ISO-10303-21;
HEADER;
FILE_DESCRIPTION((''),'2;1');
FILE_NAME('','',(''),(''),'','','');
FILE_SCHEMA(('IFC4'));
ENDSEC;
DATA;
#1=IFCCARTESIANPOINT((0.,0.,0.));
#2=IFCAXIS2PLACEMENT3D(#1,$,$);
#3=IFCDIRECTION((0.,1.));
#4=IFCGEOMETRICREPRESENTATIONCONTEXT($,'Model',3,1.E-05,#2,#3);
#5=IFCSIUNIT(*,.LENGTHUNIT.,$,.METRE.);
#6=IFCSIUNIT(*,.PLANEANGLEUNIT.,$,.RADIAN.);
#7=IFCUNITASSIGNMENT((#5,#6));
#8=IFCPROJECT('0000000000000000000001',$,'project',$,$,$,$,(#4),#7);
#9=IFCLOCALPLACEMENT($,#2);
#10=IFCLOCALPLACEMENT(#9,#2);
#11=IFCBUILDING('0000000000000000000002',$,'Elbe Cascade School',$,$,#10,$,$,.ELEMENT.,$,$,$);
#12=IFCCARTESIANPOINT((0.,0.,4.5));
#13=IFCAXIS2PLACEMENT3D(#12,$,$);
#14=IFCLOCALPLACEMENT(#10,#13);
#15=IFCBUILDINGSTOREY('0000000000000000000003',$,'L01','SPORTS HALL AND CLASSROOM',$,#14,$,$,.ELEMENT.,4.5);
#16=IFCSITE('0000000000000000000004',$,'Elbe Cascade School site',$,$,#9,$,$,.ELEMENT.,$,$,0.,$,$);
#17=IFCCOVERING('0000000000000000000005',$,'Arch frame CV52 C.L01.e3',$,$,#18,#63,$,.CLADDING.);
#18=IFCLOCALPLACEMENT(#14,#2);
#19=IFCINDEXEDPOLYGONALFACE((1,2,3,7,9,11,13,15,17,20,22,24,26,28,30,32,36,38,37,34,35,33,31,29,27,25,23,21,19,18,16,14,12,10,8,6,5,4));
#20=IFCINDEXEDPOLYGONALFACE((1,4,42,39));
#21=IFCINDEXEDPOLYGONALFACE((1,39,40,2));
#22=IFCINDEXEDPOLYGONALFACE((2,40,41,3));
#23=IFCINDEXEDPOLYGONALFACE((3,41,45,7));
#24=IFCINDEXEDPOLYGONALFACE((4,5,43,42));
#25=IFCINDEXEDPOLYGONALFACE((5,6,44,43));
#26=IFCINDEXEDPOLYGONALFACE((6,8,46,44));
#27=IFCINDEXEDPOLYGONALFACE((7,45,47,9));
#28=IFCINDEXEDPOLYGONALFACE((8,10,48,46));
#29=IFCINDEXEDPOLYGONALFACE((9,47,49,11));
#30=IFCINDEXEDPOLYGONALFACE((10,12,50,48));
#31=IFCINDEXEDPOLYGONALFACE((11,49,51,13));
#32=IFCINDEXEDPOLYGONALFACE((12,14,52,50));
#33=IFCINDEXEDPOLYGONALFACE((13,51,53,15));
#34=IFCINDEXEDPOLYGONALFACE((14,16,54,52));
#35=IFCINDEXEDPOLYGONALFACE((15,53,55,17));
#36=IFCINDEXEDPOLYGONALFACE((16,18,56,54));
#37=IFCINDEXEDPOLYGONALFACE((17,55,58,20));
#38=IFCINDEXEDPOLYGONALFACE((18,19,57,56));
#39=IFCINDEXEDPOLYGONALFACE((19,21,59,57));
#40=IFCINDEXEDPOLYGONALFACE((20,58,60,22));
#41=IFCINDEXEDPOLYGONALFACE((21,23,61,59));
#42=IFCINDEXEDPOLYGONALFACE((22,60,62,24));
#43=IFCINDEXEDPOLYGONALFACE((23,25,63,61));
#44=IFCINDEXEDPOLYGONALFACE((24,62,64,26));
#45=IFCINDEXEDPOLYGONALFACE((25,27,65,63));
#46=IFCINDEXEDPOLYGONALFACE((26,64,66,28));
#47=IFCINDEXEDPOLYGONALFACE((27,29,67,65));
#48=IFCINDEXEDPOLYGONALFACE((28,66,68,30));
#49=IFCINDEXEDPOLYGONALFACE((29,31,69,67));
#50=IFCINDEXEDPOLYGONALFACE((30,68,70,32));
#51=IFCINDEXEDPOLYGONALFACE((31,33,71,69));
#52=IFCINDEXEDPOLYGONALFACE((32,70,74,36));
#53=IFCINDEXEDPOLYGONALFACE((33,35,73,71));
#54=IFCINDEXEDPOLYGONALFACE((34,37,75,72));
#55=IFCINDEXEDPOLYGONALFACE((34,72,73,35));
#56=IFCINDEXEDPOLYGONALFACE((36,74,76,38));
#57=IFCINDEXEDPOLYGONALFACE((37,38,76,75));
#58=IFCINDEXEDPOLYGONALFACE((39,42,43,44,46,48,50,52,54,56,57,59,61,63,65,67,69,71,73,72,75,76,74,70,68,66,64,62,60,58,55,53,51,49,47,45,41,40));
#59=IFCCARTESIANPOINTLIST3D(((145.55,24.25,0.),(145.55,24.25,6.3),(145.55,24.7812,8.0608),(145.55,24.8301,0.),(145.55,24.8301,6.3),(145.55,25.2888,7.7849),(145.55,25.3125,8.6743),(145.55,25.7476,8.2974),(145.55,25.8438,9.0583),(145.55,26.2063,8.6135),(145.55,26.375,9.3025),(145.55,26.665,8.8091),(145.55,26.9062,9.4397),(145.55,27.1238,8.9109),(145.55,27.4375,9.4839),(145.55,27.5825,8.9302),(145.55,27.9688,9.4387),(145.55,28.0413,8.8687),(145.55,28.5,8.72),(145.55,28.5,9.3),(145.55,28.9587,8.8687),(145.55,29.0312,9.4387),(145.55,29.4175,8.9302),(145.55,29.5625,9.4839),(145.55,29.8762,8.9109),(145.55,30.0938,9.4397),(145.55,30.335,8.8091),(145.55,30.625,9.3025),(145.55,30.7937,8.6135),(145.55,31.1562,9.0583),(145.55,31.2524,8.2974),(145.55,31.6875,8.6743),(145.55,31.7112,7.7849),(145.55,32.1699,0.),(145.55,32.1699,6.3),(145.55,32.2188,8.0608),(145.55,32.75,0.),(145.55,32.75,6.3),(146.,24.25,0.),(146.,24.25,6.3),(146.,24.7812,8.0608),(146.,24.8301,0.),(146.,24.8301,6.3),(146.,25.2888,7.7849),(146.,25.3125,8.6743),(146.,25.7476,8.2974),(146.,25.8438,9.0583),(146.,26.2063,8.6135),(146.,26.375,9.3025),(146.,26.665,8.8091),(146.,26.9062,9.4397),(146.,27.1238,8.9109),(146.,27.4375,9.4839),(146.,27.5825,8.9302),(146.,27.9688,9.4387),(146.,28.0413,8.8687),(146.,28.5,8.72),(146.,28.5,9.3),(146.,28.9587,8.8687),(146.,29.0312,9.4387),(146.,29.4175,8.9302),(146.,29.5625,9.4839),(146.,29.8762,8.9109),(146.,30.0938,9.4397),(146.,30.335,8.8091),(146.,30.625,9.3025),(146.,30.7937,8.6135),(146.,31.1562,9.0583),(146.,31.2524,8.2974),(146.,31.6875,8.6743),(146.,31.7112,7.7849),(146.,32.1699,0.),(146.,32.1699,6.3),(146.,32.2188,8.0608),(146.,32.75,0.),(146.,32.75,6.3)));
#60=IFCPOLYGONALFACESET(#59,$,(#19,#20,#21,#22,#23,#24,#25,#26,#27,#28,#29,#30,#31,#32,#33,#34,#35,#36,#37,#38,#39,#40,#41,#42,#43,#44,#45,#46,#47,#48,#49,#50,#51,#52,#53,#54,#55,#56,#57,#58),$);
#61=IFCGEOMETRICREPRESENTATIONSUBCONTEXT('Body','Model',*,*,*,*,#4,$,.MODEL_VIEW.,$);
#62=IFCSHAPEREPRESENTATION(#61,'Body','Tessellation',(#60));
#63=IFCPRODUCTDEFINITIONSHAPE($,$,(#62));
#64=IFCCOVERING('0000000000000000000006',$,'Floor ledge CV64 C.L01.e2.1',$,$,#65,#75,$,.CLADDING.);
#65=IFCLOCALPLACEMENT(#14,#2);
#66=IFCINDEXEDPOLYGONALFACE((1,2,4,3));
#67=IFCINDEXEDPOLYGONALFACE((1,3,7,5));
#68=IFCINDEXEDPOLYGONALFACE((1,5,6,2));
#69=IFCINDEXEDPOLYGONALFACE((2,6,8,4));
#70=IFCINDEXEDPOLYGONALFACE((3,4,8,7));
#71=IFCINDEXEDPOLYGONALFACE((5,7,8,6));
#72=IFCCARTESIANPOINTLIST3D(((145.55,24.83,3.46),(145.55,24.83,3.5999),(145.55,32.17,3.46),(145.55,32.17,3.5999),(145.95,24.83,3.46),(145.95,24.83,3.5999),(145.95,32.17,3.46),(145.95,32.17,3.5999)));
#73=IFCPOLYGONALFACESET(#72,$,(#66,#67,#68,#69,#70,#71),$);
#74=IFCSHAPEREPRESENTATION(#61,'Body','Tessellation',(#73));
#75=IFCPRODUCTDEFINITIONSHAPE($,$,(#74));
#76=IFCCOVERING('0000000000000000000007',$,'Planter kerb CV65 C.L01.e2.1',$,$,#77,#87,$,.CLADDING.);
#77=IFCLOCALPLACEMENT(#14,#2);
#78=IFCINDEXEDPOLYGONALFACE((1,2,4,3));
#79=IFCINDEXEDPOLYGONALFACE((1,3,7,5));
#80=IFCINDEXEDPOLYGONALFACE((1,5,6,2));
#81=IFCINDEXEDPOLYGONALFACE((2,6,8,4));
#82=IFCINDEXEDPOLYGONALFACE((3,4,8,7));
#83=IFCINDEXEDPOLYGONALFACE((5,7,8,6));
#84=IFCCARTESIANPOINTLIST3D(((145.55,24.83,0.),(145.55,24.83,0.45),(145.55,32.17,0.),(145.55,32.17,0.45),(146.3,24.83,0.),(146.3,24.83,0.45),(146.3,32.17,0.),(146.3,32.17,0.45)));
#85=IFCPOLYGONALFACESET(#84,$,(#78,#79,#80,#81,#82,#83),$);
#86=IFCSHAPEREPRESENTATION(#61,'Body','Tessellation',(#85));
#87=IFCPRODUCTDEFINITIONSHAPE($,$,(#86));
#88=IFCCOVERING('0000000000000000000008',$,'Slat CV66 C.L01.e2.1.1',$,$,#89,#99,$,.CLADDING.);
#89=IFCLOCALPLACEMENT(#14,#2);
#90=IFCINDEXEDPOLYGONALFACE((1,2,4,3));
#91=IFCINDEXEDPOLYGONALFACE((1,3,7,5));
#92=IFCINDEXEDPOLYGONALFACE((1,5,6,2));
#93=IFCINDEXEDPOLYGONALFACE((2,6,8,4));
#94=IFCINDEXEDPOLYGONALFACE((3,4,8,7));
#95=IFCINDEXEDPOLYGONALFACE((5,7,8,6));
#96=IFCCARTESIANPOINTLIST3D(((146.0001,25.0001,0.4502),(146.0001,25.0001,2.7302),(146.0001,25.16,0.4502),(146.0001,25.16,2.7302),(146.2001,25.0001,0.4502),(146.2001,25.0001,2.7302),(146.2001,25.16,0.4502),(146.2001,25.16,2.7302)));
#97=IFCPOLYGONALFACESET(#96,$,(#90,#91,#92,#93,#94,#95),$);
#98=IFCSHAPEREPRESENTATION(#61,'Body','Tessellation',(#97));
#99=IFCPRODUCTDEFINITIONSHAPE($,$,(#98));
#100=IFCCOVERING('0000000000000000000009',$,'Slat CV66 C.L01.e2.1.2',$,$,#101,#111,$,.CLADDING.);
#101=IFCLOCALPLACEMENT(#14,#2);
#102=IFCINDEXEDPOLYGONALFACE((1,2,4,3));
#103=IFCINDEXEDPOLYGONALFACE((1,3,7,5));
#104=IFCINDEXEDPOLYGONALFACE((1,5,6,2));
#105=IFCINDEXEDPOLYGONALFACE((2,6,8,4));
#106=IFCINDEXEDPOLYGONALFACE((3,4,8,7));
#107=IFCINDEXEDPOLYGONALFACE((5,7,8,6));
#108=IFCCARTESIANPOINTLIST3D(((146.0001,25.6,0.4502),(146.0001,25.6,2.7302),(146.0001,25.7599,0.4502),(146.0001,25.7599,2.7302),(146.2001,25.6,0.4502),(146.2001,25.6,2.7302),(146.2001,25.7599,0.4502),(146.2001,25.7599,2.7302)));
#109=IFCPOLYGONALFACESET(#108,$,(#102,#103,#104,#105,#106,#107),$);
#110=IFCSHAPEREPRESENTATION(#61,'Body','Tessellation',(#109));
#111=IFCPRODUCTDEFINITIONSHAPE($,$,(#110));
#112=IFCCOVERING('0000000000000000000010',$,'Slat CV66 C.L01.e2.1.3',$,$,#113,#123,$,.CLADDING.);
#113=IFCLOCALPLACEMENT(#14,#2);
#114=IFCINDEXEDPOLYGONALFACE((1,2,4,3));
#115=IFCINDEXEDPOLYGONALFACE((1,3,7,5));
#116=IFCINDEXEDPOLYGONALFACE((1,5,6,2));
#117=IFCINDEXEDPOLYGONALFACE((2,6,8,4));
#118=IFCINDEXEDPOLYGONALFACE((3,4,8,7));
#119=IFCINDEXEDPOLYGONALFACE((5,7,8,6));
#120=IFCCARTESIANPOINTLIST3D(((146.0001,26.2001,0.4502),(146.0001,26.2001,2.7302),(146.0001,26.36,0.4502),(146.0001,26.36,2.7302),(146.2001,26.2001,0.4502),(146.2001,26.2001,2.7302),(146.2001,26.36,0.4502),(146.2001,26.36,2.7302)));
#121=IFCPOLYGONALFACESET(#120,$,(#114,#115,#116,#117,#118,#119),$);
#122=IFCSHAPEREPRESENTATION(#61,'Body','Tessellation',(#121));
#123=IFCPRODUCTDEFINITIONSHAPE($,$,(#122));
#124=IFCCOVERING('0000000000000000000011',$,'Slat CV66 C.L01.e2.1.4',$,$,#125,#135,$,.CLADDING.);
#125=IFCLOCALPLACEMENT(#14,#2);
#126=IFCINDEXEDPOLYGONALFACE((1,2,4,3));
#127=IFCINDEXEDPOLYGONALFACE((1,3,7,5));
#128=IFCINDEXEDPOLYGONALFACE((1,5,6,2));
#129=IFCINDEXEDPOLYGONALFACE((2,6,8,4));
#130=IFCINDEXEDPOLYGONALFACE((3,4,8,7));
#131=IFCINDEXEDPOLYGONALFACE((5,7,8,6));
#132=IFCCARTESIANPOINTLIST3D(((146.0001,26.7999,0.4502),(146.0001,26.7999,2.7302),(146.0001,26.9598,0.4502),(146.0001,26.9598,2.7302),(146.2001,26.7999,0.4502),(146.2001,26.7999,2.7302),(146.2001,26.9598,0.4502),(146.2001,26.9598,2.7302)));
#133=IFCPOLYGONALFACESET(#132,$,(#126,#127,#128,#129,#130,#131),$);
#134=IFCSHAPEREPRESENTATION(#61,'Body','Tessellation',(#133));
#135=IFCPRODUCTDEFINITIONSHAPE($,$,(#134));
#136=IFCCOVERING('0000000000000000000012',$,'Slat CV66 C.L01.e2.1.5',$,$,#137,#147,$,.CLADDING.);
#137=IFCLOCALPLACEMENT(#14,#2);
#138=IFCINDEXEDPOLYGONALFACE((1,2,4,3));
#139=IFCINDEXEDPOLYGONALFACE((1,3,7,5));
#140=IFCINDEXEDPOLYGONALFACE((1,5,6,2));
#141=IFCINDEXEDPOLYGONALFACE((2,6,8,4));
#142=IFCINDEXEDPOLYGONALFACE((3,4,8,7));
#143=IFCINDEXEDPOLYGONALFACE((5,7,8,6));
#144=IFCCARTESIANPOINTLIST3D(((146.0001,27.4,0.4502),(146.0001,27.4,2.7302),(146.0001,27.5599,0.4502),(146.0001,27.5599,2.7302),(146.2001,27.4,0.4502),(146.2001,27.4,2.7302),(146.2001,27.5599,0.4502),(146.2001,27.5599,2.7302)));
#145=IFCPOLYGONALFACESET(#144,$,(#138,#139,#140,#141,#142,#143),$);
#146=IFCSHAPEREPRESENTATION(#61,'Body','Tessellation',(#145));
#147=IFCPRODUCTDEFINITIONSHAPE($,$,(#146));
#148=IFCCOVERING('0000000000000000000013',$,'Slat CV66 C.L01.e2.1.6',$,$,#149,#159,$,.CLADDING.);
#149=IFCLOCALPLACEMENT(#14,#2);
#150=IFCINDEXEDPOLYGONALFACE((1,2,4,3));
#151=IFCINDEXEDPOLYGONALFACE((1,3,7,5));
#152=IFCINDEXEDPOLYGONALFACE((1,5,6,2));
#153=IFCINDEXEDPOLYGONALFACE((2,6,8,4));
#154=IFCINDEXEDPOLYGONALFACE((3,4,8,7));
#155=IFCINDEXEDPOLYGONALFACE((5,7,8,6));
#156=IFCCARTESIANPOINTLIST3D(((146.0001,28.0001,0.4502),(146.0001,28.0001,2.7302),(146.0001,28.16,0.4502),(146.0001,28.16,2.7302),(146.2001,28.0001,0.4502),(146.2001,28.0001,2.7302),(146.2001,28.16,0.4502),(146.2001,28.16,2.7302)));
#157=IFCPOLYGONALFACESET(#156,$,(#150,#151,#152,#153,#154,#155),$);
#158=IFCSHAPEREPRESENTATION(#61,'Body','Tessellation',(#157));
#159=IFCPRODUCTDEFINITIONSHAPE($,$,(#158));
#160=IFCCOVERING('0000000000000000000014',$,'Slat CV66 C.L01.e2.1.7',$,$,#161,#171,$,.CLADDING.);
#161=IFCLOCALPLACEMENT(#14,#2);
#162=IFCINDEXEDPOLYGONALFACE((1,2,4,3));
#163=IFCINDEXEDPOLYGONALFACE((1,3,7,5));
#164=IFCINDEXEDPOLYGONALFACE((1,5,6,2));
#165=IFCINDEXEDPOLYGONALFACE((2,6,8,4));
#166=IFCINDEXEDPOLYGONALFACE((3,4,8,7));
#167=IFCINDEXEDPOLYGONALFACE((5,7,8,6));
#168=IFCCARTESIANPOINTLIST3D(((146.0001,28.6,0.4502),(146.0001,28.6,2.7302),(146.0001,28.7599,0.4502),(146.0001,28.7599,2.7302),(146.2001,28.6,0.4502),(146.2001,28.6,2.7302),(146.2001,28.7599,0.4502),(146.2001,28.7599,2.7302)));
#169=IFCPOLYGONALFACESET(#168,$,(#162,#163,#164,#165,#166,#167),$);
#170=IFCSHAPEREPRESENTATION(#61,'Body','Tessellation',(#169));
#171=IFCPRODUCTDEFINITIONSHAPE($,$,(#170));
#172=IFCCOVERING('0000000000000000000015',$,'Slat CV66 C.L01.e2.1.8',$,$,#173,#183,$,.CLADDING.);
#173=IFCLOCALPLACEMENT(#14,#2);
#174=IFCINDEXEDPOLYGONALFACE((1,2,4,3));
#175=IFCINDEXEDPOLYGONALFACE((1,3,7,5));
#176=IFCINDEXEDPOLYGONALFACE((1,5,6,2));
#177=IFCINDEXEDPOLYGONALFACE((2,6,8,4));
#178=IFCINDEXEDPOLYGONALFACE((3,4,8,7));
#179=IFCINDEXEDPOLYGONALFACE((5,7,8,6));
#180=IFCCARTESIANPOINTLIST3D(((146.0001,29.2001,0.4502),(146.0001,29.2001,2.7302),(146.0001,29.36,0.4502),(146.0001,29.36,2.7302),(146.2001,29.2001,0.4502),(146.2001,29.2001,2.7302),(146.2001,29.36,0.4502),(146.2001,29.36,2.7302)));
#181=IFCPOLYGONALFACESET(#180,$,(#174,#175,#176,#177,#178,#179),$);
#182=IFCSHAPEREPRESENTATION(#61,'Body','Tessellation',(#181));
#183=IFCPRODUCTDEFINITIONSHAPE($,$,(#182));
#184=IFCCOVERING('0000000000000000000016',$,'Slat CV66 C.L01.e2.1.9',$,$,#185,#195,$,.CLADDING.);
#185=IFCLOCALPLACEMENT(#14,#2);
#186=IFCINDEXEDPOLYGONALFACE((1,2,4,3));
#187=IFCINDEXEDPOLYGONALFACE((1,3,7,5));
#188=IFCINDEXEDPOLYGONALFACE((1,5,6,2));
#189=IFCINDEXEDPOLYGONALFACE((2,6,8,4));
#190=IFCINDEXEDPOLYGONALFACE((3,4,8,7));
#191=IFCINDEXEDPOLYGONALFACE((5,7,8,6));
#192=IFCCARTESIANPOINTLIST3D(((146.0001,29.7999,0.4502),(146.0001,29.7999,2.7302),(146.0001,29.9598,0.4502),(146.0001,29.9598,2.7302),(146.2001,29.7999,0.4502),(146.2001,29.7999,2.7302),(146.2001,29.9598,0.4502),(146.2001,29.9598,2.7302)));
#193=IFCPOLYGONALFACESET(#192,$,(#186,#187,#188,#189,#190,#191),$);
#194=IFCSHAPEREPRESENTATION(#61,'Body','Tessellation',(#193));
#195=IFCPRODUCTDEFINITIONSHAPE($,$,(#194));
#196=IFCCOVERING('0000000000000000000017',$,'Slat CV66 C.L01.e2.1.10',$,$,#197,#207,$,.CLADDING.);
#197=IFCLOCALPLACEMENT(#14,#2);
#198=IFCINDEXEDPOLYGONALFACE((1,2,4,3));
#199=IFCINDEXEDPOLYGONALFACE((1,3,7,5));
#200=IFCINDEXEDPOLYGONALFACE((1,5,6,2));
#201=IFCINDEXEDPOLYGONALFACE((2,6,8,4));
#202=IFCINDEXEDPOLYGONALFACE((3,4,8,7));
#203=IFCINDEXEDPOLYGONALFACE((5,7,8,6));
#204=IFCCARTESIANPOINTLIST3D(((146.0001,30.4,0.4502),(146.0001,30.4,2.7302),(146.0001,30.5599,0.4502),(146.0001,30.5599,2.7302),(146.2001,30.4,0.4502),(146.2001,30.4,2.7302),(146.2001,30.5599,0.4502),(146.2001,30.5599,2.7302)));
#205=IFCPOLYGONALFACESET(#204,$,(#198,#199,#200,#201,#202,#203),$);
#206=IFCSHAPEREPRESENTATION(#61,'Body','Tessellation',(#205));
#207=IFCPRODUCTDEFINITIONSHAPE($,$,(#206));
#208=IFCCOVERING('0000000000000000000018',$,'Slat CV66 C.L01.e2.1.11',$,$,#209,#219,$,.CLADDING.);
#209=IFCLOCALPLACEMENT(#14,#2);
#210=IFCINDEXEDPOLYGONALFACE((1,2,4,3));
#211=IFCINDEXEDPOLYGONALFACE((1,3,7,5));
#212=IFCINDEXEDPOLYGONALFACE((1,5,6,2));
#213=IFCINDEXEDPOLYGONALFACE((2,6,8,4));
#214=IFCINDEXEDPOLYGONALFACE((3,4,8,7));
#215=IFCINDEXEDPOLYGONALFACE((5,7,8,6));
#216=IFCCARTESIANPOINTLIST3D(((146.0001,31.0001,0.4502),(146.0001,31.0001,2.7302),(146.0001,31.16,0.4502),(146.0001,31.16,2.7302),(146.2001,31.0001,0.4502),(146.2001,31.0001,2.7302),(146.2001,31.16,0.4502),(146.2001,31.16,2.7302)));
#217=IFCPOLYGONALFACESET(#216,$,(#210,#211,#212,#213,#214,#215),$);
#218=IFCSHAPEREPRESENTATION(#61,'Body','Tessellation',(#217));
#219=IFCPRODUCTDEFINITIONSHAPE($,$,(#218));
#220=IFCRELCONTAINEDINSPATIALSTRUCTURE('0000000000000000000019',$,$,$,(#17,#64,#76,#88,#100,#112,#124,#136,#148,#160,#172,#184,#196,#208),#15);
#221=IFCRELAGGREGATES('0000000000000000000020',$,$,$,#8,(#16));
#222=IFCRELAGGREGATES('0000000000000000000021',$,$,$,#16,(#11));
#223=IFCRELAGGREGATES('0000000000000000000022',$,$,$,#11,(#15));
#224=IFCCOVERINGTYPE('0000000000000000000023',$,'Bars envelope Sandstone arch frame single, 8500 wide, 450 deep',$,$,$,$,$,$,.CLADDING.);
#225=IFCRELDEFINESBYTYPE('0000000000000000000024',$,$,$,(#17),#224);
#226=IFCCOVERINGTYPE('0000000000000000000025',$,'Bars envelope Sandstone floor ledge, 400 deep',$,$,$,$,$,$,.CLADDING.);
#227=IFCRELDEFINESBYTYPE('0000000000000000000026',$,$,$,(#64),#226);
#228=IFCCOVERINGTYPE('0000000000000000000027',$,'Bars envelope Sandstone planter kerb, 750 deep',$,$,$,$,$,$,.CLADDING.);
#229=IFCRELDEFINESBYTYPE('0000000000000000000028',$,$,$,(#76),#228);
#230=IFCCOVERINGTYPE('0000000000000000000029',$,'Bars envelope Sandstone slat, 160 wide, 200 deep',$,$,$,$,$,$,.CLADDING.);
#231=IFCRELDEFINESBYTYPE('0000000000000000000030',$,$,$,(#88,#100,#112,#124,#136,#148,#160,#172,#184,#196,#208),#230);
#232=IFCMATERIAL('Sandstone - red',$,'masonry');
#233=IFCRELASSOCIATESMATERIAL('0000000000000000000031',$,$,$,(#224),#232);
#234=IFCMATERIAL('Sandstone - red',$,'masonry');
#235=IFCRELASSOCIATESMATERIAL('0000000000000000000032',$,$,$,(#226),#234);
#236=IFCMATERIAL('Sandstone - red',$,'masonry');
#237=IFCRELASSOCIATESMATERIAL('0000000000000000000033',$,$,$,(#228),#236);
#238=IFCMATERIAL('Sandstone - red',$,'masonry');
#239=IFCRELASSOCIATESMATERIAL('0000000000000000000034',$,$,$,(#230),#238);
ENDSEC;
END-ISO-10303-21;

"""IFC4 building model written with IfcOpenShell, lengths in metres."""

from ifc_helpers import new_model, si_unit, direction, frame, origin, origin_2d, place, context, subcontext, project, spatial, polyline, rectangle, outline, extrude, material, type_object, element, save


model = new_model("IFC4")

# Units and contexts
model_context = context("Model", 3, precision=1e-05, world=origin(), true_north=direction((0.0, 1.0)))
body_context = subcontext(model_context, "Body", "Model", "MODEL_VIEW")
ifc_project = project(units=[si_unit("LENGTHUNIT", "METRE"), si_unit("PLANEANGLEUNIT", "RADIAN")], contexts=[model_context])

# Site, building, storey
site_placement = place(None, origin())
site = spatial("IfcSite", under=ifc_project, at=site_placement, Name="Elbe Cascade School site", CompositionType="ELEMENT", RefElevation=0.0)
building_placement = place(site_placement, origin())
building = spatial("IfcBuilding", under=site, at=building_placement, Name="Elbe Cascade School", CompositionType="ELEMENT")
storey_placement = place(building_placement, frame((0.0, 0.0, 4.5)))
storey = spatial("IfcBuildingStorey", under=building, at=storey_placement, Name="L01", Description="SPORTS HALL AND CLASSROOM", CompositionType="ELEMENT", Elevation=4.5)

# Coverings
ifc_material_1 = material(Name="Sandstone - red", Category="masonry")
covering_type_1 = type_object("IfcCoveringType", Name="Bars envelope Sandstone arch frame single, 8500 wide, 450 deep", PredefinedType="CLADDING", material=ifc_material_1)
covering_1_placement = place(storey_placement, frame((146.0, 24.8301, 0.0), z_axis=(1.0, 0.0, 0.0), x_axis=(0.0, 0.0, 1.0)))
element("IfcCovering", 1, at=covering_1_placement, inside=storey, type_object=covering_type_1, Name="Arch frame CV52 C.L01.e3", PredefinedType="CLADDING", context=body_context, shape_type="SweptSolid", body=[
    extrude(outline(polyline([(0.0, 0.0), (6.3, 0.0), (7.7849, -0.4587), (8.2974, -0.9175), (8.6135, -1.3762), (8.8091, -1.835), (8.9109, -2.2937), (8.9302, -2.7524), (8.8687, -3.2112), (8.72, -3.6699), (8.8687, -4.1287), (8.9302, -4.5874), (8.9109, -5.0461), (8.8091, -5.5049), (8.6135, -5.9636), (8.2974, -6.4224), (7.7849, -6.8811), (6.3, -7.3398), (0.0, -7.3398), (0.0, -7.9199), (6.3, -7.9199), (8.0608, -7.3887), (8.6743, -6.8574), (9.0583, -6.3262), (9.3025, -5.7949), (9.4397, -5.2637), (9.4839, -4.7324), (9.4387, -4.2012), (9.3, -3.6699), (9.4387, -3.1387), (9.4839, -2.6074), (9.4397, -2.0762), (9.3025, -1.5449), (9.0583, -1.0137), (8.6743, -0.4824), (8.0608, 0.0488), (6.3, 0.5801), (0.0, 0.5801), (0.0, 0.0)])), origin(), (0.0, 0.0, -1.0), 0.45),
])
ifc_material_2 = material(Name="Sandstone - red", Category="masonry")
covering_type_2 = type_object("IfcCoveringType", Name="Bars envelope Sandstone floor ledge, 400 deep", PredefinedType="CLADDING", material=ifc_material_2)
covering_2_placement = place(storey_placement, frame((145.75, 28.5, 3.46), z_axis=(0.0, 0.0, 1.0), x_axis=(0.0, 1.0, 0.0)))
element("IfcCovering", 2, at=covering_2_placement, inside=storey, type_object=covering_type_2, Name="Floor ledge CV64 C.L01.e2.1", PredefinedType="CLADDING", context=body_context, shape_type="SweptSolid", body=[
    extrude(rectangle(XDim=7.3401, YDim=0.3999, at=origin_2d()), origin(), (0.0, 0.0, 1.0), 0.1399),
])
ifc_material_3 = material(Name="Sandstone - red", Category="masonry")
covering_type_3 = type_object("IfcCoveringType", Name="Bars envelope Sandstone planter kerb, 750 deep", PredefinedType="CLADDING", material=ifc_material_3)
covering_3_placement = place(storey_placement, frame((145.925, 28.5, 0.0), z_axis=(0.0, 0.0, 1.0), x_axis=(0.0, 1.0, 0.0)))
element("IfcCovering", 3, at=covering_3_placement, inside=storey, type_object=covering_type_3, Name="Planter kerb CV65 C.L01.e2.1", PredefinedType="CLADDING", context=body_context, shape_type="SweptSolid", body=[
    extrude(rectangle(XDim=7.3401, YDim=0.75, at=origin_2d()), origin(), (0.0, 0.0, 1.0), 0.45),
])
ifc_material_4 = material(Name="Sandstone - red", Category="masonry")
covering_type_4 = type_object("IfcCoveringType", Name="Bars envelope Sandstone slat, 160 wide, 200 deep", PredefinedType="CLADDING", material=ifc_material_4)
for number, where, z_axis, x_axis, name in (
    (4, (146.1001, 25.0801, 0.4502), (0.0, 0.0, 1.0), (0.0, 1.0, 0.0), "Slat CV66 C.L01.e2.1.1"),
    (5, (146.1001, 25.6799, 0.4502), (0.0, 0.0, 1.0), (0.0, 1.0, 0.0), "Slat CV66 C.L01.e2.1.2"),
    (6, (146.1001, 26.28, 0.4502), (0.0, 0.0, 1.0), (0.0, 1.0, 0.0), "Slat CV66 C.L01.e2.1.3"),
    (7, (146.1001, 26.8799, 0.4502), (0.0, 0.0, 1.0), (0.0, 1.0, 0.0), "Slat CV66 C.L01.e2.1.4"),
    (8, (146.1001, 27.48, 0.4502), (0.0, 0.0, 1.0), (0.0, 1.0, 0.0), "Slat CV66 C.L01.e2.1.5"),
    (9, (146.1001, 28.0801, 0.4502), (0.0, 0.0, 1.0), (0.0, 1.0, 0.0), "Slat CV66 C.L01.e2.1.6"),
    (10, (146.1001, 28.6799, 0.4502), (0.0, 0.0, 1.0), (0.0, 1.0, 0.0), "Slat CV66 C.L01.e2.1.7"),
    (11, (146.1001, 29.28, 0.4502), (0.0, 0.0, 1.0), (0.0, 1.0, 0.0), "Slat CV66 C.L01.e2.1.8"),
    (12, (146.1001, 29.8799, 0.4502), (0.0, 0.0, 1.0), (0.0, 1.0, 0.0), "Slat CV66 C.L01.e2.1.9"),
    (13, (146.1001, 30.48, 0.4502), (0.0, 0.0, 1.0), (0.0, 1.0, 0.0), "Slat CV66 C.L01.e2.1.10"),
    (14, (146.1001, 31.0801, 0.4502), (0.0, 0.0, 1.0), (0.0, 1.0, 0.0), "Slat CV66 C.L01.e2.1.11"),
):
    element("IfcCovering", number, at=place(storey_placement, frame(where, z_axis=z_axis, x_axis=x_axis)), inside=storey, type_object=covering_type_4, Name=name, PredefinedType="CLADDING", context=body_context, shape_type="SweptSolid", body=[
        extrude(rectangle(XDim=0.1599, YDim=0.2, at=origin_2d()), origin(), (0.0, 0.0, 1.0), 2.28),
    ])

save(model, "model.ifc")
